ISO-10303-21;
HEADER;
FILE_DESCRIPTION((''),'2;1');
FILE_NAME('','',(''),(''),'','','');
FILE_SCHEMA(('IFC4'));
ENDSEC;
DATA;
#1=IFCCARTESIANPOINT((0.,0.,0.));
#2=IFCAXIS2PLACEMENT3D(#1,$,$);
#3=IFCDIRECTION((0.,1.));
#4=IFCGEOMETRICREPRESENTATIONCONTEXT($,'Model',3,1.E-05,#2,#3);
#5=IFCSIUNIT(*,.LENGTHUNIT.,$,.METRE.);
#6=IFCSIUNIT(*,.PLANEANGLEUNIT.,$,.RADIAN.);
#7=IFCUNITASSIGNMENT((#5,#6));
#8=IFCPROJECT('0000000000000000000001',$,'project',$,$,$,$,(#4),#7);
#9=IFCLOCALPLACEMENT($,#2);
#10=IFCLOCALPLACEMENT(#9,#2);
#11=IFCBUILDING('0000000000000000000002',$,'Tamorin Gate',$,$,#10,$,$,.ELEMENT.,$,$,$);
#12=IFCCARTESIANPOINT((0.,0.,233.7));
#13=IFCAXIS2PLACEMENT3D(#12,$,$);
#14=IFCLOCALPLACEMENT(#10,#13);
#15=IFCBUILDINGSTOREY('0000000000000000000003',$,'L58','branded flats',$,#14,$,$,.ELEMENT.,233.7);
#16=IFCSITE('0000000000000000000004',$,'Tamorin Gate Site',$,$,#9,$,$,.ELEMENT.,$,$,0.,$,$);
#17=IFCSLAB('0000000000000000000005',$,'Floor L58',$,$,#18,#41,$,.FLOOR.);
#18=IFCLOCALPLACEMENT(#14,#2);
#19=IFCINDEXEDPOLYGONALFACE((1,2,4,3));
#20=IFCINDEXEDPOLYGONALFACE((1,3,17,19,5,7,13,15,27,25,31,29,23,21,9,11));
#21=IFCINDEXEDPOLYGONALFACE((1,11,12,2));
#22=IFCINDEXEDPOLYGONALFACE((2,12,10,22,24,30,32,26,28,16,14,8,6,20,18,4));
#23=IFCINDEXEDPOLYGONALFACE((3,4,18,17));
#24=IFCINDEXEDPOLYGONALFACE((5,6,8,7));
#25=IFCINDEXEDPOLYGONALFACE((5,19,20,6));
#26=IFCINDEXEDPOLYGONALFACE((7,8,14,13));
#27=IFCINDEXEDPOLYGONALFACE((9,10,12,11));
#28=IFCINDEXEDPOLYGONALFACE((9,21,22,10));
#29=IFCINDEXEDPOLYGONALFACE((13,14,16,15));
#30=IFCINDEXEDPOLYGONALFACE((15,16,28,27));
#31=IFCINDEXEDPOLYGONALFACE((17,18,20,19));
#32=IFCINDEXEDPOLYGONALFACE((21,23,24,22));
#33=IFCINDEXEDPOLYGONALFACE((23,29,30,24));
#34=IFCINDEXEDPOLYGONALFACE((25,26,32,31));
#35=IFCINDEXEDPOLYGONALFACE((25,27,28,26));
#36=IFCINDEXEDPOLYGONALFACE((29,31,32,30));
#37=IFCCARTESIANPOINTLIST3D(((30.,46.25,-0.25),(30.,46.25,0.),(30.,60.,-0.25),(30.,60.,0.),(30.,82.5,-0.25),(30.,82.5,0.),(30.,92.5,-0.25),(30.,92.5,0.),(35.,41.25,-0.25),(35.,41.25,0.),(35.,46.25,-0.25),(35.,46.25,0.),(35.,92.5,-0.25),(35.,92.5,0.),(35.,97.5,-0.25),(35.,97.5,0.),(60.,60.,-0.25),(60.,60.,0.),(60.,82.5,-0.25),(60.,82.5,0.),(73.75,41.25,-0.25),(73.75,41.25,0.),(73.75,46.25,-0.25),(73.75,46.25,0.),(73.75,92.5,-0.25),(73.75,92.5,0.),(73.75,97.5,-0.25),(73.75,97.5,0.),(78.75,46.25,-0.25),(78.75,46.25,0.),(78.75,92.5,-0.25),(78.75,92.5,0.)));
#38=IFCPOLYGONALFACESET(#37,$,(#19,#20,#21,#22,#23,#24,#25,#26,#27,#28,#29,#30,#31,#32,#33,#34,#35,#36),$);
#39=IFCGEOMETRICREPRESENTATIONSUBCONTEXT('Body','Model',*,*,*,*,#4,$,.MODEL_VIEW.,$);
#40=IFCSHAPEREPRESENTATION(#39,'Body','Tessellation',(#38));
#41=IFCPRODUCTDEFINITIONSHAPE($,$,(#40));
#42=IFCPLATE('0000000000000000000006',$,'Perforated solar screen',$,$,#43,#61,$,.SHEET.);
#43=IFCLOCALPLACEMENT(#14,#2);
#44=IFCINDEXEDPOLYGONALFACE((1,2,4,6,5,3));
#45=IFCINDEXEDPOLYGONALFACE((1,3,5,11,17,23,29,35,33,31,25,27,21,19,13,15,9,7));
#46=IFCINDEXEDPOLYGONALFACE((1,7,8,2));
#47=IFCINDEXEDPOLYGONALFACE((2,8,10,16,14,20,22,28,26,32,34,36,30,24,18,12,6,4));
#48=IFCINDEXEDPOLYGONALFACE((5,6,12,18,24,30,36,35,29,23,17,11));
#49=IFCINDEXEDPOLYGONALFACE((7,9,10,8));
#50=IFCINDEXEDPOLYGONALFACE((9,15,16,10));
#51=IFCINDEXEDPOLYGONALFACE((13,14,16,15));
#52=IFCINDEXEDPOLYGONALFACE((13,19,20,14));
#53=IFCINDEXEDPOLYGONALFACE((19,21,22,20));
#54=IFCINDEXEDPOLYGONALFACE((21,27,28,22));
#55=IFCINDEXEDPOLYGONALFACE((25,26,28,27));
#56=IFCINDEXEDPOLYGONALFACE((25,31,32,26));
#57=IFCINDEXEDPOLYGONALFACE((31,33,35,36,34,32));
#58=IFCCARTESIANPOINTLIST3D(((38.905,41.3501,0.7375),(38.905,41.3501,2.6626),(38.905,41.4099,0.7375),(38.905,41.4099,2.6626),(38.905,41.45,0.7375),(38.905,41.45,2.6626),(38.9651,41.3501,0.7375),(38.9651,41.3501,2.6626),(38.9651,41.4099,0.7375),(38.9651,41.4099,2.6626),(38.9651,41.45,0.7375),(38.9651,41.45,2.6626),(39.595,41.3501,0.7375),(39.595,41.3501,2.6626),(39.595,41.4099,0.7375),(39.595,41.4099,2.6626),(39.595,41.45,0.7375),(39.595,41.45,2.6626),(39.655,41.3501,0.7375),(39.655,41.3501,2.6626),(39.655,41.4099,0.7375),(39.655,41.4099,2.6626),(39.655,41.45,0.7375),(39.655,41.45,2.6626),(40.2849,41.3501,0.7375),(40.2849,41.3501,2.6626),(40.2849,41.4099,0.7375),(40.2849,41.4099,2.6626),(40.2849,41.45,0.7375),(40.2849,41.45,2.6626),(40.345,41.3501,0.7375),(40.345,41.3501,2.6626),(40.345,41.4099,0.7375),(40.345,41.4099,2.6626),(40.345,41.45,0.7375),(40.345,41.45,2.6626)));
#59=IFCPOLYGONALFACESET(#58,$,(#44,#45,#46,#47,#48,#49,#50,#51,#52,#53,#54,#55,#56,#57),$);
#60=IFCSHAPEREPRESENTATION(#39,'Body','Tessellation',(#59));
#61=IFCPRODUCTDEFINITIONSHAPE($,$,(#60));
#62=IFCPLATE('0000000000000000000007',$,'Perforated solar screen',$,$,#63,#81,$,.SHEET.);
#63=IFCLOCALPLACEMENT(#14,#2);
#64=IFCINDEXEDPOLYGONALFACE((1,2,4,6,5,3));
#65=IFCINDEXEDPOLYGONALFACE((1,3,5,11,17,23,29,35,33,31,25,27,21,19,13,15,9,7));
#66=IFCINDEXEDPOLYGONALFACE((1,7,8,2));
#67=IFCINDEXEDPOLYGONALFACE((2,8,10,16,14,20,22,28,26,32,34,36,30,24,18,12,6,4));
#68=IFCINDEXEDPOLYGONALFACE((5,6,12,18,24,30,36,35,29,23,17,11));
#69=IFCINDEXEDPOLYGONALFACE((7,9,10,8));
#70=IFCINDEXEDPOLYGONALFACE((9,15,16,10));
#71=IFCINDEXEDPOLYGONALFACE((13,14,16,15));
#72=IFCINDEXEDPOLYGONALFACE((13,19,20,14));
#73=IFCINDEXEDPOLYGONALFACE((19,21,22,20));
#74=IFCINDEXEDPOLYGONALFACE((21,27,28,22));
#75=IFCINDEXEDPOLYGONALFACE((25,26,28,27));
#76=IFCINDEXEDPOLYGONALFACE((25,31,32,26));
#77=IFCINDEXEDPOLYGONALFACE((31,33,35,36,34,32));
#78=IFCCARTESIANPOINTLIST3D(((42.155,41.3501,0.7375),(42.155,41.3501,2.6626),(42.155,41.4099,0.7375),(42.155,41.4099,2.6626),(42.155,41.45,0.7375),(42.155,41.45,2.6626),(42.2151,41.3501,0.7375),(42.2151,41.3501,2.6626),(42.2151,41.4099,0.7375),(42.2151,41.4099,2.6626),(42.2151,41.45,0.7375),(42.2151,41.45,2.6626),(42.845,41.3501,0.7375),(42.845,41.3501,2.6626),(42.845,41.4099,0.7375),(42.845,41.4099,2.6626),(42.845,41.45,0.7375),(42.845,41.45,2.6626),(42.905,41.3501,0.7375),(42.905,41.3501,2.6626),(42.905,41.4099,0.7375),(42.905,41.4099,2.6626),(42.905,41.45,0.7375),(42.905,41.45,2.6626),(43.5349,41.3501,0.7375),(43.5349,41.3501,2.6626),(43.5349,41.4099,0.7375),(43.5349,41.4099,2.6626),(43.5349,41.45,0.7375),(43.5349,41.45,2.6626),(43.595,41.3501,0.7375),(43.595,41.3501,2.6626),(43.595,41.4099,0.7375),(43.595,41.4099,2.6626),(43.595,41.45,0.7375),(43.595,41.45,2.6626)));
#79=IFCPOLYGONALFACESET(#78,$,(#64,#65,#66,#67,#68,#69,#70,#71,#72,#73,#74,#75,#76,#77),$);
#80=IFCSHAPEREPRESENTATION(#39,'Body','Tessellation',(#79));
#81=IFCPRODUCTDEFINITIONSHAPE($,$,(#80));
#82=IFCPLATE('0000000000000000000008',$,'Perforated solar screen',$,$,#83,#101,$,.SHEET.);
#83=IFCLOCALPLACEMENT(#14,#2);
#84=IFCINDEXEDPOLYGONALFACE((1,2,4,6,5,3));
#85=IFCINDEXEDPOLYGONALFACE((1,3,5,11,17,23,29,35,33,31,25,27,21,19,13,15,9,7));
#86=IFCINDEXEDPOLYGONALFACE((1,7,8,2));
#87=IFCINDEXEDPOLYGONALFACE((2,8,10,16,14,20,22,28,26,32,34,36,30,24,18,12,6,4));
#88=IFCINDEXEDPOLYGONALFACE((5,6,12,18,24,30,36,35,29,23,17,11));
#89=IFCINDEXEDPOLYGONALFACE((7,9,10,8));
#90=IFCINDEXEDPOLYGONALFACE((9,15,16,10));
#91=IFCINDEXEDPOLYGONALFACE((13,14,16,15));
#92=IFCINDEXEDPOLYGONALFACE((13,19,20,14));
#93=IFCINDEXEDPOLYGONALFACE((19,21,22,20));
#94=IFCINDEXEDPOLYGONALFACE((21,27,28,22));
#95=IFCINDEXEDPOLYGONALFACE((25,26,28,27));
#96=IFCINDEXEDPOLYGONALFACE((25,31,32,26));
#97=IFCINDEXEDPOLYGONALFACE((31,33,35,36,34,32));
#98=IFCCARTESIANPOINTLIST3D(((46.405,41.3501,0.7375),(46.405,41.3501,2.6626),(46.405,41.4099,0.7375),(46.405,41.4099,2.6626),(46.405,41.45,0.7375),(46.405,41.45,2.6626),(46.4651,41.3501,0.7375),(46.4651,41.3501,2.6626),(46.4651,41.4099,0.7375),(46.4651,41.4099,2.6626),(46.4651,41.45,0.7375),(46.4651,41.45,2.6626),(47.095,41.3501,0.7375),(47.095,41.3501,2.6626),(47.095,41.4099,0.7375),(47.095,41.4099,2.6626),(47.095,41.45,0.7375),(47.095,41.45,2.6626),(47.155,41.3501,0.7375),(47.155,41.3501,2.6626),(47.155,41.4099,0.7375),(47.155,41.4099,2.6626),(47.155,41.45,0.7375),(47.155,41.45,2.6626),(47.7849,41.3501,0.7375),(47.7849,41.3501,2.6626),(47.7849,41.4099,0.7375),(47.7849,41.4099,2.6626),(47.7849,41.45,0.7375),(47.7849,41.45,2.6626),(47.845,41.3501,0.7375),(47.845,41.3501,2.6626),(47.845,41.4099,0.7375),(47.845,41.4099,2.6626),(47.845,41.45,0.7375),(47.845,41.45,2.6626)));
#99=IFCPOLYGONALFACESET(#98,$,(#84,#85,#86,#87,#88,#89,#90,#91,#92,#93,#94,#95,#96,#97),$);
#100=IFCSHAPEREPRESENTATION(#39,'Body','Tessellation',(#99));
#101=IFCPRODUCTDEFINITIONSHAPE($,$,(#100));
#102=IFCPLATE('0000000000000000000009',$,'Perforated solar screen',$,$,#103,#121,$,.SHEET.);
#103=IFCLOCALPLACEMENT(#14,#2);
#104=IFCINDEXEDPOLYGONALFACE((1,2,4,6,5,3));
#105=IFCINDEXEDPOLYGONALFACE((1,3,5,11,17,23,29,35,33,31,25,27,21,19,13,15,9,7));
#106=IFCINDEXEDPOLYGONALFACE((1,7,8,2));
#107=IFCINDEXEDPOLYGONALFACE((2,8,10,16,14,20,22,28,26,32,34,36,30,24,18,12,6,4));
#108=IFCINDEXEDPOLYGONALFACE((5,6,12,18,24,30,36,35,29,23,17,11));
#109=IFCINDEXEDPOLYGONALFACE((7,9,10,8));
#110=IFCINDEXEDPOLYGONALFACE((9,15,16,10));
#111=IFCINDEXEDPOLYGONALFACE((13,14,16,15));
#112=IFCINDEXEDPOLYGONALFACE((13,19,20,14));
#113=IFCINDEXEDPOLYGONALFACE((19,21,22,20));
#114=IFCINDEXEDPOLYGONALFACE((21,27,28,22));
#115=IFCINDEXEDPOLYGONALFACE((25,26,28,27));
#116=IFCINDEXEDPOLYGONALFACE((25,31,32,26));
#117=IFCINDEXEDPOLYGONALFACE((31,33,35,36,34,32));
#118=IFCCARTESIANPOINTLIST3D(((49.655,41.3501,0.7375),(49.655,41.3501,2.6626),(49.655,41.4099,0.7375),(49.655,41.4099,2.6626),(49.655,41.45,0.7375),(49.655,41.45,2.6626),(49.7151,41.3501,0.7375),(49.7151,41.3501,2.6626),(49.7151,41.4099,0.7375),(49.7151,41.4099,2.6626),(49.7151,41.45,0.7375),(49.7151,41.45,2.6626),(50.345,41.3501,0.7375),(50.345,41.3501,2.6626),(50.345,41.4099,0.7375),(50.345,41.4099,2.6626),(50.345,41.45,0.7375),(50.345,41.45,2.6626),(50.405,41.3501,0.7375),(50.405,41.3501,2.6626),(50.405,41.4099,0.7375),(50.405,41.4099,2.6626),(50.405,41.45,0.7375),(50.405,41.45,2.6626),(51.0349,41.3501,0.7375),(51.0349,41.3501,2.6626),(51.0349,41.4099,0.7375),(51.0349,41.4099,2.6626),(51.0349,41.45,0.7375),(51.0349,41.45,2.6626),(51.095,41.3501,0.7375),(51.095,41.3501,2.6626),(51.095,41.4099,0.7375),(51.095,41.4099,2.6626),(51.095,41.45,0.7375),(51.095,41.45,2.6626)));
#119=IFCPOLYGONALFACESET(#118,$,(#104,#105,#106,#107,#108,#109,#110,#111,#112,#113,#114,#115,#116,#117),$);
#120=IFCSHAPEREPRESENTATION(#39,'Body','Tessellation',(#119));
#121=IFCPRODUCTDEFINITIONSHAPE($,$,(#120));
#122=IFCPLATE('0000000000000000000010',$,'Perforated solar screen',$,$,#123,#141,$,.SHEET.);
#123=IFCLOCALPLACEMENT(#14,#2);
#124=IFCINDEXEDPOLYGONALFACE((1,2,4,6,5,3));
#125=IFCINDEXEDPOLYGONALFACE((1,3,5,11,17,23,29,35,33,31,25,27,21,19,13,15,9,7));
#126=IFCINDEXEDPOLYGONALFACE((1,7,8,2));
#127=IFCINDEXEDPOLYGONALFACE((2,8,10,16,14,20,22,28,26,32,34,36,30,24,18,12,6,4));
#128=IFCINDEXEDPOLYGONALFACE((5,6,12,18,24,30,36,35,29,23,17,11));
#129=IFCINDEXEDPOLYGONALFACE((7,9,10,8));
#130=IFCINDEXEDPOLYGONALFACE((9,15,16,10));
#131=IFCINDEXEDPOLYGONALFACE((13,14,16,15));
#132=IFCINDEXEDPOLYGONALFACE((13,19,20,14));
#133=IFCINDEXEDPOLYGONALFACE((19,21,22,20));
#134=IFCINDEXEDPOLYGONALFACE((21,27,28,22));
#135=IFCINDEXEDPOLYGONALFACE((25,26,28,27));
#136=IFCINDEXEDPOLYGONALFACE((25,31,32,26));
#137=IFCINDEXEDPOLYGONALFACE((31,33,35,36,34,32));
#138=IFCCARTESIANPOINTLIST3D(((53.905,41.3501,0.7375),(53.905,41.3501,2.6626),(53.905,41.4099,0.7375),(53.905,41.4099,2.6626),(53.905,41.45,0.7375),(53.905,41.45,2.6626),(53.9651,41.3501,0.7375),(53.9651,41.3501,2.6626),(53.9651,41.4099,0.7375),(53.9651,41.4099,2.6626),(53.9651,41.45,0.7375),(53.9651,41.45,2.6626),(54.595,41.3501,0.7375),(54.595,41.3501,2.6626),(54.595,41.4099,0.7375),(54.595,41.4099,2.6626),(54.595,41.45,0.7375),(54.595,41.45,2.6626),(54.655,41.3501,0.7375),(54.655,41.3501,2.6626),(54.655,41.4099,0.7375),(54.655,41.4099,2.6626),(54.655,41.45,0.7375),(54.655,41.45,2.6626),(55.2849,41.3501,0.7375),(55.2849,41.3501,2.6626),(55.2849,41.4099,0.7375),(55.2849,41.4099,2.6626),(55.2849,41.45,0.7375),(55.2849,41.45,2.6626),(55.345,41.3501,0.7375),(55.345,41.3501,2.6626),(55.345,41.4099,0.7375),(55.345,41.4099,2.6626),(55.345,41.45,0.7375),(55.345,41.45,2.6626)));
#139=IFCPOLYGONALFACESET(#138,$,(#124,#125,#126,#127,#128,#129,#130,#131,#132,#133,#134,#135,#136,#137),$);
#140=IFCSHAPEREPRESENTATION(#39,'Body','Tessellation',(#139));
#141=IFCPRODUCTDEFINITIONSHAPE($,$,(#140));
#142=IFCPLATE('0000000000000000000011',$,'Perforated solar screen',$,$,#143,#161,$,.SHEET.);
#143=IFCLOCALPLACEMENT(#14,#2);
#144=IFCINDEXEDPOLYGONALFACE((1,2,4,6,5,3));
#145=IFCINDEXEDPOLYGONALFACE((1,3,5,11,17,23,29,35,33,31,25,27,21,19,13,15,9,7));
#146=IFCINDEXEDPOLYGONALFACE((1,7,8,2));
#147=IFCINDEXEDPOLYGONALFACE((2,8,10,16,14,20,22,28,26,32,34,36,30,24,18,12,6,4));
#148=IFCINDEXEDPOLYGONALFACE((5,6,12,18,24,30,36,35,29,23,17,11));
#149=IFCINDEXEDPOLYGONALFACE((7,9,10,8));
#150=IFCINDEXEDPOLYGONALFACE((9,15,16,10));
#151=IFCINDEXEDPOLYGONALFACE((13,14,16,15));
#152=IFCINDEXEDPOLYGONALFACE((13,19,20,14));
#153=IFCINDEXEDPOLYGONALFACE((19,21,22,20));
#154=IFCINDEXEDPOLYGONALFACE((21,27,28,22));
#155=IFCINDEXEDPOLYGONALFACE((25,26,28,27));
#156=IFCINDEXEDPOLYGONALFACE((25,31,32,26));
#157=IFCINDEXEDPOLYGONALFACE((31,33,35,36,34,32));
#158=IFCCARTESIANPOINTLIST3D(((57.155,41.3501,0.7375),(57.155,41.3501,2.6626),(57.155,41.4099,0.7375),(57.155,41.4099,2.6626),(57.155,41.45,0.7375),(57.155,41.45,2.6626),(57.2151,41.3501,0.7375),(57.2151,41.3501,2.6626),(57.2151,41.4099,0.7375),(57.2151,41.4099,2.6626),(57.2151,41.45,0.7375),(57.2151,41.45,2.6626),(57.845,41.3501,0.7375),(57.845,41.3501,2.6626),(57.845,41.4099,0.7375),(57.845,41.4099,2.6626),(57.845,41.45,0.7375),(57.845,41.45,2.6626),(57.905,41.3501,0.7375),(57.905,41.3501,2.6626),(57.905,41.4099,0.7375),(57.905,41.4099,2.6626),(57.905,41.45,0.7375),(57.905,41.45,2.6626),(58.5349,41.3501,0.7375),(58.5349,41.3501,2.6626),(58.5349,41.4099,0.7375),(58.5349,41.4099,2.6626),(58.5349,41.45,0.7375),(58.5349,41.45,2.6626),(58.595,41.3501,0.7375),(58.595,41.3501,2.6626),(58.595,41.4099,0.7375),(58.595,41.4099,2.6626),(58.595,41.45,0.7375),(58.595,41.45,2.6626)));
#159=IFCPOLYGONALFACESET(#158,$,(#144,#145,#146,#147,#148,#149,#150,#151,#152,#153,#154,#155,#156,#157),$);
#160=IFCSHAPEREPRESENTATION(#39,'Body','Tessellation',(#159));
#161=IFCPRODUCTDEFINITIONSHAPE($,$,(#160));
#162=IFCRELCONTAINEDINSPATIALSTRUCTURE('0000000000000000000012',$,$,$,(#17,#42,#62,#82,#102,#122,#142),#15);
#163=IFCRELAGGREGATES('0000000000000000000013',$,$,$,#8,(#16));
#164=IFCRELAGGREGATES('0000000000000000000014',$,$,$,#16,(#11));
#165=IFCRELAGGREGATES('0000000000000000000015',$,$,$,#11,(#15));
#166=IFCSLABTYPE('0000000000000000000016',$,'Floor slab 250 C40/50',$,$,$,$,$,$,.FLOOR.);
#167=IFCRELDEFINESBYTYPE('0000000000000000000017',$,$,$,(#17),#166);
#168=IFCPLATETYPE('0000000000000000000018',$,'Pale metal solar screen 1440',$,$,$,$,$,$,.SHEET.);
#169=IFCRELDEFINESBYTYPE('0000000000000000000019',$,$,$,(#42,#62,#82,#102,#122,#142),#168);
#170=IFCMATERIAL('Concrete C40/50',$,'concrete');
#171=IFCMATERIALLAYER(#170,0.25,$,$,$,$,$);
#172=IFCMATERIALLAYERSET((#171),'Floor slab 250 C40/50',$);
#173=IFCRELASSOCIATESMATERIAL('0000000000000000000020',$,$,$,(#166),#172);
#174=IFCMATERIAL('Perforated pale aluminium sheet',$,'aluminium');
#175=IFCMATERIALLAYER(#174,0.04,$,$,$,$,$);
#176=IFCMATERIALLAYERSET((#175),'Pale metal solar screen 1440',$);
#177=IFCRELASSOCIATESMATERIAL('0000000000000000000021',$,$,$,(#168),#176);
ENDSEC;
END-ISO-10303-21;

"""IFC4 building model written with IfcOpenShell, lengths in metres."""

from ifc_helpers import new_model, si_unit, direction, frame, origin, place, context, subcontext, project, spatial, polyline, outline, extrude, material, layer, layer_set, type_object, element, save


model = new_model("IFC4")

# Units and contexts
model_context = context("Model", 3, precision=1e-05, world=origin(), true_north=direction((0.0, 1.0)))
body_context = subcontext(model_context, "Body", "Model", "MODEL_VIEW")
ifc_project = project(units=[si_unit("LENGTHUNIT", "METRE"), si_unit("PLANEANGLEUNIT", "RADIAN")], contexts=[model_context])

# Site, building, storey
site_placement = place(None, origin())
site = spatial("IfcSite", under=ifc_project, at=site_placement, Name="Tamorin Gate Site", CompositionType="ELEMENT", RefElevation=0.0)
building_placement = place(site_placement, origin())
building = spatial("IfcBuilding", under=site, at=building_placement, Name="Tamorin Gate", CompositionType="ELEMENT")
storey_placement = place(building_placement, frame((0.0, 0.0, 233.7)))
storey = spatial("IfcBuildingStorey", under=building, at=storey_placement, Name="L58", Description="branded flats", CompositionType="ELEMENT", Elevation=233.7)

# Slab
ifc_material_1 = material(Name="Concrete C40/50", Category="concrete")
ifc_layer_1 = layer(ifc_material_1, 0.25)
ifc_layer_set_1 = layer_set([ifc_layer_1], Name="Floor slab 250 C40/50")
slab_type = type_object("IfcSlabType", Name="Floor slab 250 C40/50", PredefinedType="FLOOR", material=ifc_layer_set_1)
slab_placement = place(storey_placement, frame((0.0, 0.0, -0.25)))
element("IfcSlab", 1, at=slab_placement, inside=storey, type_object=slab_type, Name="Floor L58", PredefinedType="FLOOR", context=body_context, shape_type="SweptSolid", body=[
    extrude(outline(polyline([(30.0, 92.5), (35.0, 92.5), (35.0, 97.5), (73.75, 97.5), (73.75, 92.5), (78.75, 92.5), (78.75, 46.25), (73.75, 46.25), (73.75, 41.25), (35.0, 41.25), (35.0, 46.25), (30.0, 46.25), (30.0, 60.0), (60.0, 60.0), (60.0, 82.5), (30.0, 82.5), (30.0, 92.5)])), origin(), (0.0, 0.0, 1.0), 0.25),
])

# Plates
ifc_material_2 = material(Name="Perforated pale aluminium sheet", Category="aluminium")
ifc_layer_2 = layer(ifc_material_2, 0.04)
ifc_layer_set_2 = layer_set([ifc_layer_2], Name="Pale metal solar screen 1440")
plate_type = type_object("IfcPlateType", Name="Pale metal solar screen 1440", PredefinedType="SHEET", material=ifc_layer_set_2)
plate_1_placement = place(storey_placement, frame((0.0, 0.0, 0.7375)))
element("IfcPlate", 2, at=plate_1_placement, inside=storey, type_object=plate_type, Name="Perforated solar screen", PredefinedType="SHEET", context=body_context, shape_type="SweptSolid", body=[
    extrude(outline(polyline([(38.905, 41.4099), (38.905, 41.45), (38.9651, 41.45), (39.595, 41.45), (39.655, 41.45), (40.2849, 41.45), (40.345, 41.45), (40.345, 41.45), (40.345, 41.4099), (40.345, 41.4099), (40.345, 41.3501), (40.2849, 41.3501), (40.2849, 41.4099), (39.655, 41.4099), (39.655, 41.3501), (39.595, 41.3501), (39.595, 41.4099), (38.9651, 41.4099), (38.9651, 41.3501), (38.905, 41.3501), (38.905, 41.4099)])), origin(), (0.0, 0.0, 1.0), 1.925),
])
plate_2_placement = place(storey_placement, frame((0.0, 0.0, 0.7375)))
element("IfcPlate", 3, at=plate_2_placement, inside=storey, type_object=plate_type, Name="Perforated solar screen", PredefinedType="SHEET", context=body_context, shape_type="SweptSolid", body=[
    extrude(outline(polyline([(42.155, 41.4099), (42.155, 41.45), (42.2151, 41.45), (42.845, 41.45), (42.905, 41.45), (43.5349, 41.45), (43.595, 41.45), (43.595, 41.4099), (43.595, 41.3501), (43.5349, 41.3501), (43.5349, 41.4099), (42.905, 41.4099), (42.905, 41.3501), (42.845, 41.3501), (42.845, 41.4099), (42.2151, 41.4099), (42.2151, 41.3501), (42.155, 41.3501), (42.155, 41.4099)])), origin(), (0.0, 0.0, 1.0), 1.925),
])
plate_3_placement = place(storey_placement, frame((0.0, 0.0, 0.7375)))
element("IfcPlate", 4, at=plate_3_placement, inside=storey, type_object=plate_type, Name="Perforated solar screen", PredefinedType="SHEET", context=body_context, shape_type="SweptSolid", body=[
    extrude(outline(polyline([(46.405, 41.4099), (46.405, 41.45), (46.4651, 41.45), (47.095, 41.45), (47.155, 41.45), (47.7849, 41.45), (47.845, 41.45), (47.845, 41.4099), (47.845, 41.3501), (47.7849, 41.3501), (47.7849, 41.4099), (47.155, 41.4099), (47.155, 41.3501), (47.095, 41.3501), (47.095, 41.4099), (46.4651, 41.4099), (46.4651, 41.3501), (46.405, 41.3501), (46.405, 41.4099)])), origin(), (0.0, 0.0, 1.0), 1.925),
])
plate_4_placement = place(storey_placement, frame((0.0, 0.0, 0.7375)))
element("IfcPlate", 5, at=plate_4_placement, inside=storey, type_object=plate_type, Name="Perforated solar screen", PredefinedType="SHEET", context=body_context, shape_type="SweptSolid", body=[
    extrude(outline(polyline([(49.655, 41.4099), (49.655, 41.45), (49.7151, 41.45), (50.345, 41.45), (50.405, 41.45), (51.0349, 41.45), (51.095, 41.45), (51.095, 41.4099), (51.095, 41.3501), (51.0349, 41.3501), (51.0349, 41.4099), (50.405, 41.4099), (50.405, 41.3501), (50.345, 41.3501), (50.345, 41.4099), (49.7151, 41.4099), (49.7151, 41.3501), (49.655, 41.3501), (49.655, 41.4099)])), origin(), (0.0, 0.0, 1.0), 1.925),
])
plate_5_placement = place(storey_placement, frame((0.0, 0.0, 0.7375)))
element("IfcPlate", 6, at=plate_5_placement, inside=storey, type_object=plate_type, Name="Perforated solar screen", PredefinedType="SHEET", context=body_context, shape_type="SweptSolid", body=[
    extrude(outline(polyline([(53.905, 41.4099), (53.905, 41.45), (53.9651, 41.45), (54.595, 41.45), (54.655, 41.45), (55.2849, 41.45), (55.345, 41.45), (55.345, 41.4099), (55.345, 41.3501), (55.2849, 41.3501), (55.2849, 41.4099), (54.655, 41.4099), (54.655, 41.3501), (54.595, 41.3501), (54.595, 41.4099), (53.9651, 41.4099), (53.9651, 41.3501), (53.905, 41.3501), (53.905, 41.4099)])), origin(), (0.0, 0.0, 1.0), 1.925),
])
plate_6_placement = place(storey_placement, frame((0.0, 0.0, 0.7375)))
element("IfcPlate", 7, at=plate_6_placement, inside=storey, type_object=plate_type, Name="Perforated solar screen", PredefinedType="SHEET", context=body_context, shape_type="SweptSolid", body=[
    extrude(outline(polyline([(57.155, 41.4099), (57.155, 41.45), (57.2151, 41.45), (57.845, 41.45), (57.905, 41.45), (58.5349, 41.45), (58.595, 41.45), (58.595, 41.4099), (58.595, 41.3501), (58.5349, 41.3501), (58.5349, 41.4099), (57.905, 41.4099), (57.905, 41.3501), (57.845, 41.3501), (57.845, 41.4099), (57.2151, 41.4099), (57.2151, 41.3501), (57.155, 41.3501), (57.155, 41.4099)])), origin(), (0.0, 0.0, 1.0), 1.925),
])

save(model, "model.ifc")
